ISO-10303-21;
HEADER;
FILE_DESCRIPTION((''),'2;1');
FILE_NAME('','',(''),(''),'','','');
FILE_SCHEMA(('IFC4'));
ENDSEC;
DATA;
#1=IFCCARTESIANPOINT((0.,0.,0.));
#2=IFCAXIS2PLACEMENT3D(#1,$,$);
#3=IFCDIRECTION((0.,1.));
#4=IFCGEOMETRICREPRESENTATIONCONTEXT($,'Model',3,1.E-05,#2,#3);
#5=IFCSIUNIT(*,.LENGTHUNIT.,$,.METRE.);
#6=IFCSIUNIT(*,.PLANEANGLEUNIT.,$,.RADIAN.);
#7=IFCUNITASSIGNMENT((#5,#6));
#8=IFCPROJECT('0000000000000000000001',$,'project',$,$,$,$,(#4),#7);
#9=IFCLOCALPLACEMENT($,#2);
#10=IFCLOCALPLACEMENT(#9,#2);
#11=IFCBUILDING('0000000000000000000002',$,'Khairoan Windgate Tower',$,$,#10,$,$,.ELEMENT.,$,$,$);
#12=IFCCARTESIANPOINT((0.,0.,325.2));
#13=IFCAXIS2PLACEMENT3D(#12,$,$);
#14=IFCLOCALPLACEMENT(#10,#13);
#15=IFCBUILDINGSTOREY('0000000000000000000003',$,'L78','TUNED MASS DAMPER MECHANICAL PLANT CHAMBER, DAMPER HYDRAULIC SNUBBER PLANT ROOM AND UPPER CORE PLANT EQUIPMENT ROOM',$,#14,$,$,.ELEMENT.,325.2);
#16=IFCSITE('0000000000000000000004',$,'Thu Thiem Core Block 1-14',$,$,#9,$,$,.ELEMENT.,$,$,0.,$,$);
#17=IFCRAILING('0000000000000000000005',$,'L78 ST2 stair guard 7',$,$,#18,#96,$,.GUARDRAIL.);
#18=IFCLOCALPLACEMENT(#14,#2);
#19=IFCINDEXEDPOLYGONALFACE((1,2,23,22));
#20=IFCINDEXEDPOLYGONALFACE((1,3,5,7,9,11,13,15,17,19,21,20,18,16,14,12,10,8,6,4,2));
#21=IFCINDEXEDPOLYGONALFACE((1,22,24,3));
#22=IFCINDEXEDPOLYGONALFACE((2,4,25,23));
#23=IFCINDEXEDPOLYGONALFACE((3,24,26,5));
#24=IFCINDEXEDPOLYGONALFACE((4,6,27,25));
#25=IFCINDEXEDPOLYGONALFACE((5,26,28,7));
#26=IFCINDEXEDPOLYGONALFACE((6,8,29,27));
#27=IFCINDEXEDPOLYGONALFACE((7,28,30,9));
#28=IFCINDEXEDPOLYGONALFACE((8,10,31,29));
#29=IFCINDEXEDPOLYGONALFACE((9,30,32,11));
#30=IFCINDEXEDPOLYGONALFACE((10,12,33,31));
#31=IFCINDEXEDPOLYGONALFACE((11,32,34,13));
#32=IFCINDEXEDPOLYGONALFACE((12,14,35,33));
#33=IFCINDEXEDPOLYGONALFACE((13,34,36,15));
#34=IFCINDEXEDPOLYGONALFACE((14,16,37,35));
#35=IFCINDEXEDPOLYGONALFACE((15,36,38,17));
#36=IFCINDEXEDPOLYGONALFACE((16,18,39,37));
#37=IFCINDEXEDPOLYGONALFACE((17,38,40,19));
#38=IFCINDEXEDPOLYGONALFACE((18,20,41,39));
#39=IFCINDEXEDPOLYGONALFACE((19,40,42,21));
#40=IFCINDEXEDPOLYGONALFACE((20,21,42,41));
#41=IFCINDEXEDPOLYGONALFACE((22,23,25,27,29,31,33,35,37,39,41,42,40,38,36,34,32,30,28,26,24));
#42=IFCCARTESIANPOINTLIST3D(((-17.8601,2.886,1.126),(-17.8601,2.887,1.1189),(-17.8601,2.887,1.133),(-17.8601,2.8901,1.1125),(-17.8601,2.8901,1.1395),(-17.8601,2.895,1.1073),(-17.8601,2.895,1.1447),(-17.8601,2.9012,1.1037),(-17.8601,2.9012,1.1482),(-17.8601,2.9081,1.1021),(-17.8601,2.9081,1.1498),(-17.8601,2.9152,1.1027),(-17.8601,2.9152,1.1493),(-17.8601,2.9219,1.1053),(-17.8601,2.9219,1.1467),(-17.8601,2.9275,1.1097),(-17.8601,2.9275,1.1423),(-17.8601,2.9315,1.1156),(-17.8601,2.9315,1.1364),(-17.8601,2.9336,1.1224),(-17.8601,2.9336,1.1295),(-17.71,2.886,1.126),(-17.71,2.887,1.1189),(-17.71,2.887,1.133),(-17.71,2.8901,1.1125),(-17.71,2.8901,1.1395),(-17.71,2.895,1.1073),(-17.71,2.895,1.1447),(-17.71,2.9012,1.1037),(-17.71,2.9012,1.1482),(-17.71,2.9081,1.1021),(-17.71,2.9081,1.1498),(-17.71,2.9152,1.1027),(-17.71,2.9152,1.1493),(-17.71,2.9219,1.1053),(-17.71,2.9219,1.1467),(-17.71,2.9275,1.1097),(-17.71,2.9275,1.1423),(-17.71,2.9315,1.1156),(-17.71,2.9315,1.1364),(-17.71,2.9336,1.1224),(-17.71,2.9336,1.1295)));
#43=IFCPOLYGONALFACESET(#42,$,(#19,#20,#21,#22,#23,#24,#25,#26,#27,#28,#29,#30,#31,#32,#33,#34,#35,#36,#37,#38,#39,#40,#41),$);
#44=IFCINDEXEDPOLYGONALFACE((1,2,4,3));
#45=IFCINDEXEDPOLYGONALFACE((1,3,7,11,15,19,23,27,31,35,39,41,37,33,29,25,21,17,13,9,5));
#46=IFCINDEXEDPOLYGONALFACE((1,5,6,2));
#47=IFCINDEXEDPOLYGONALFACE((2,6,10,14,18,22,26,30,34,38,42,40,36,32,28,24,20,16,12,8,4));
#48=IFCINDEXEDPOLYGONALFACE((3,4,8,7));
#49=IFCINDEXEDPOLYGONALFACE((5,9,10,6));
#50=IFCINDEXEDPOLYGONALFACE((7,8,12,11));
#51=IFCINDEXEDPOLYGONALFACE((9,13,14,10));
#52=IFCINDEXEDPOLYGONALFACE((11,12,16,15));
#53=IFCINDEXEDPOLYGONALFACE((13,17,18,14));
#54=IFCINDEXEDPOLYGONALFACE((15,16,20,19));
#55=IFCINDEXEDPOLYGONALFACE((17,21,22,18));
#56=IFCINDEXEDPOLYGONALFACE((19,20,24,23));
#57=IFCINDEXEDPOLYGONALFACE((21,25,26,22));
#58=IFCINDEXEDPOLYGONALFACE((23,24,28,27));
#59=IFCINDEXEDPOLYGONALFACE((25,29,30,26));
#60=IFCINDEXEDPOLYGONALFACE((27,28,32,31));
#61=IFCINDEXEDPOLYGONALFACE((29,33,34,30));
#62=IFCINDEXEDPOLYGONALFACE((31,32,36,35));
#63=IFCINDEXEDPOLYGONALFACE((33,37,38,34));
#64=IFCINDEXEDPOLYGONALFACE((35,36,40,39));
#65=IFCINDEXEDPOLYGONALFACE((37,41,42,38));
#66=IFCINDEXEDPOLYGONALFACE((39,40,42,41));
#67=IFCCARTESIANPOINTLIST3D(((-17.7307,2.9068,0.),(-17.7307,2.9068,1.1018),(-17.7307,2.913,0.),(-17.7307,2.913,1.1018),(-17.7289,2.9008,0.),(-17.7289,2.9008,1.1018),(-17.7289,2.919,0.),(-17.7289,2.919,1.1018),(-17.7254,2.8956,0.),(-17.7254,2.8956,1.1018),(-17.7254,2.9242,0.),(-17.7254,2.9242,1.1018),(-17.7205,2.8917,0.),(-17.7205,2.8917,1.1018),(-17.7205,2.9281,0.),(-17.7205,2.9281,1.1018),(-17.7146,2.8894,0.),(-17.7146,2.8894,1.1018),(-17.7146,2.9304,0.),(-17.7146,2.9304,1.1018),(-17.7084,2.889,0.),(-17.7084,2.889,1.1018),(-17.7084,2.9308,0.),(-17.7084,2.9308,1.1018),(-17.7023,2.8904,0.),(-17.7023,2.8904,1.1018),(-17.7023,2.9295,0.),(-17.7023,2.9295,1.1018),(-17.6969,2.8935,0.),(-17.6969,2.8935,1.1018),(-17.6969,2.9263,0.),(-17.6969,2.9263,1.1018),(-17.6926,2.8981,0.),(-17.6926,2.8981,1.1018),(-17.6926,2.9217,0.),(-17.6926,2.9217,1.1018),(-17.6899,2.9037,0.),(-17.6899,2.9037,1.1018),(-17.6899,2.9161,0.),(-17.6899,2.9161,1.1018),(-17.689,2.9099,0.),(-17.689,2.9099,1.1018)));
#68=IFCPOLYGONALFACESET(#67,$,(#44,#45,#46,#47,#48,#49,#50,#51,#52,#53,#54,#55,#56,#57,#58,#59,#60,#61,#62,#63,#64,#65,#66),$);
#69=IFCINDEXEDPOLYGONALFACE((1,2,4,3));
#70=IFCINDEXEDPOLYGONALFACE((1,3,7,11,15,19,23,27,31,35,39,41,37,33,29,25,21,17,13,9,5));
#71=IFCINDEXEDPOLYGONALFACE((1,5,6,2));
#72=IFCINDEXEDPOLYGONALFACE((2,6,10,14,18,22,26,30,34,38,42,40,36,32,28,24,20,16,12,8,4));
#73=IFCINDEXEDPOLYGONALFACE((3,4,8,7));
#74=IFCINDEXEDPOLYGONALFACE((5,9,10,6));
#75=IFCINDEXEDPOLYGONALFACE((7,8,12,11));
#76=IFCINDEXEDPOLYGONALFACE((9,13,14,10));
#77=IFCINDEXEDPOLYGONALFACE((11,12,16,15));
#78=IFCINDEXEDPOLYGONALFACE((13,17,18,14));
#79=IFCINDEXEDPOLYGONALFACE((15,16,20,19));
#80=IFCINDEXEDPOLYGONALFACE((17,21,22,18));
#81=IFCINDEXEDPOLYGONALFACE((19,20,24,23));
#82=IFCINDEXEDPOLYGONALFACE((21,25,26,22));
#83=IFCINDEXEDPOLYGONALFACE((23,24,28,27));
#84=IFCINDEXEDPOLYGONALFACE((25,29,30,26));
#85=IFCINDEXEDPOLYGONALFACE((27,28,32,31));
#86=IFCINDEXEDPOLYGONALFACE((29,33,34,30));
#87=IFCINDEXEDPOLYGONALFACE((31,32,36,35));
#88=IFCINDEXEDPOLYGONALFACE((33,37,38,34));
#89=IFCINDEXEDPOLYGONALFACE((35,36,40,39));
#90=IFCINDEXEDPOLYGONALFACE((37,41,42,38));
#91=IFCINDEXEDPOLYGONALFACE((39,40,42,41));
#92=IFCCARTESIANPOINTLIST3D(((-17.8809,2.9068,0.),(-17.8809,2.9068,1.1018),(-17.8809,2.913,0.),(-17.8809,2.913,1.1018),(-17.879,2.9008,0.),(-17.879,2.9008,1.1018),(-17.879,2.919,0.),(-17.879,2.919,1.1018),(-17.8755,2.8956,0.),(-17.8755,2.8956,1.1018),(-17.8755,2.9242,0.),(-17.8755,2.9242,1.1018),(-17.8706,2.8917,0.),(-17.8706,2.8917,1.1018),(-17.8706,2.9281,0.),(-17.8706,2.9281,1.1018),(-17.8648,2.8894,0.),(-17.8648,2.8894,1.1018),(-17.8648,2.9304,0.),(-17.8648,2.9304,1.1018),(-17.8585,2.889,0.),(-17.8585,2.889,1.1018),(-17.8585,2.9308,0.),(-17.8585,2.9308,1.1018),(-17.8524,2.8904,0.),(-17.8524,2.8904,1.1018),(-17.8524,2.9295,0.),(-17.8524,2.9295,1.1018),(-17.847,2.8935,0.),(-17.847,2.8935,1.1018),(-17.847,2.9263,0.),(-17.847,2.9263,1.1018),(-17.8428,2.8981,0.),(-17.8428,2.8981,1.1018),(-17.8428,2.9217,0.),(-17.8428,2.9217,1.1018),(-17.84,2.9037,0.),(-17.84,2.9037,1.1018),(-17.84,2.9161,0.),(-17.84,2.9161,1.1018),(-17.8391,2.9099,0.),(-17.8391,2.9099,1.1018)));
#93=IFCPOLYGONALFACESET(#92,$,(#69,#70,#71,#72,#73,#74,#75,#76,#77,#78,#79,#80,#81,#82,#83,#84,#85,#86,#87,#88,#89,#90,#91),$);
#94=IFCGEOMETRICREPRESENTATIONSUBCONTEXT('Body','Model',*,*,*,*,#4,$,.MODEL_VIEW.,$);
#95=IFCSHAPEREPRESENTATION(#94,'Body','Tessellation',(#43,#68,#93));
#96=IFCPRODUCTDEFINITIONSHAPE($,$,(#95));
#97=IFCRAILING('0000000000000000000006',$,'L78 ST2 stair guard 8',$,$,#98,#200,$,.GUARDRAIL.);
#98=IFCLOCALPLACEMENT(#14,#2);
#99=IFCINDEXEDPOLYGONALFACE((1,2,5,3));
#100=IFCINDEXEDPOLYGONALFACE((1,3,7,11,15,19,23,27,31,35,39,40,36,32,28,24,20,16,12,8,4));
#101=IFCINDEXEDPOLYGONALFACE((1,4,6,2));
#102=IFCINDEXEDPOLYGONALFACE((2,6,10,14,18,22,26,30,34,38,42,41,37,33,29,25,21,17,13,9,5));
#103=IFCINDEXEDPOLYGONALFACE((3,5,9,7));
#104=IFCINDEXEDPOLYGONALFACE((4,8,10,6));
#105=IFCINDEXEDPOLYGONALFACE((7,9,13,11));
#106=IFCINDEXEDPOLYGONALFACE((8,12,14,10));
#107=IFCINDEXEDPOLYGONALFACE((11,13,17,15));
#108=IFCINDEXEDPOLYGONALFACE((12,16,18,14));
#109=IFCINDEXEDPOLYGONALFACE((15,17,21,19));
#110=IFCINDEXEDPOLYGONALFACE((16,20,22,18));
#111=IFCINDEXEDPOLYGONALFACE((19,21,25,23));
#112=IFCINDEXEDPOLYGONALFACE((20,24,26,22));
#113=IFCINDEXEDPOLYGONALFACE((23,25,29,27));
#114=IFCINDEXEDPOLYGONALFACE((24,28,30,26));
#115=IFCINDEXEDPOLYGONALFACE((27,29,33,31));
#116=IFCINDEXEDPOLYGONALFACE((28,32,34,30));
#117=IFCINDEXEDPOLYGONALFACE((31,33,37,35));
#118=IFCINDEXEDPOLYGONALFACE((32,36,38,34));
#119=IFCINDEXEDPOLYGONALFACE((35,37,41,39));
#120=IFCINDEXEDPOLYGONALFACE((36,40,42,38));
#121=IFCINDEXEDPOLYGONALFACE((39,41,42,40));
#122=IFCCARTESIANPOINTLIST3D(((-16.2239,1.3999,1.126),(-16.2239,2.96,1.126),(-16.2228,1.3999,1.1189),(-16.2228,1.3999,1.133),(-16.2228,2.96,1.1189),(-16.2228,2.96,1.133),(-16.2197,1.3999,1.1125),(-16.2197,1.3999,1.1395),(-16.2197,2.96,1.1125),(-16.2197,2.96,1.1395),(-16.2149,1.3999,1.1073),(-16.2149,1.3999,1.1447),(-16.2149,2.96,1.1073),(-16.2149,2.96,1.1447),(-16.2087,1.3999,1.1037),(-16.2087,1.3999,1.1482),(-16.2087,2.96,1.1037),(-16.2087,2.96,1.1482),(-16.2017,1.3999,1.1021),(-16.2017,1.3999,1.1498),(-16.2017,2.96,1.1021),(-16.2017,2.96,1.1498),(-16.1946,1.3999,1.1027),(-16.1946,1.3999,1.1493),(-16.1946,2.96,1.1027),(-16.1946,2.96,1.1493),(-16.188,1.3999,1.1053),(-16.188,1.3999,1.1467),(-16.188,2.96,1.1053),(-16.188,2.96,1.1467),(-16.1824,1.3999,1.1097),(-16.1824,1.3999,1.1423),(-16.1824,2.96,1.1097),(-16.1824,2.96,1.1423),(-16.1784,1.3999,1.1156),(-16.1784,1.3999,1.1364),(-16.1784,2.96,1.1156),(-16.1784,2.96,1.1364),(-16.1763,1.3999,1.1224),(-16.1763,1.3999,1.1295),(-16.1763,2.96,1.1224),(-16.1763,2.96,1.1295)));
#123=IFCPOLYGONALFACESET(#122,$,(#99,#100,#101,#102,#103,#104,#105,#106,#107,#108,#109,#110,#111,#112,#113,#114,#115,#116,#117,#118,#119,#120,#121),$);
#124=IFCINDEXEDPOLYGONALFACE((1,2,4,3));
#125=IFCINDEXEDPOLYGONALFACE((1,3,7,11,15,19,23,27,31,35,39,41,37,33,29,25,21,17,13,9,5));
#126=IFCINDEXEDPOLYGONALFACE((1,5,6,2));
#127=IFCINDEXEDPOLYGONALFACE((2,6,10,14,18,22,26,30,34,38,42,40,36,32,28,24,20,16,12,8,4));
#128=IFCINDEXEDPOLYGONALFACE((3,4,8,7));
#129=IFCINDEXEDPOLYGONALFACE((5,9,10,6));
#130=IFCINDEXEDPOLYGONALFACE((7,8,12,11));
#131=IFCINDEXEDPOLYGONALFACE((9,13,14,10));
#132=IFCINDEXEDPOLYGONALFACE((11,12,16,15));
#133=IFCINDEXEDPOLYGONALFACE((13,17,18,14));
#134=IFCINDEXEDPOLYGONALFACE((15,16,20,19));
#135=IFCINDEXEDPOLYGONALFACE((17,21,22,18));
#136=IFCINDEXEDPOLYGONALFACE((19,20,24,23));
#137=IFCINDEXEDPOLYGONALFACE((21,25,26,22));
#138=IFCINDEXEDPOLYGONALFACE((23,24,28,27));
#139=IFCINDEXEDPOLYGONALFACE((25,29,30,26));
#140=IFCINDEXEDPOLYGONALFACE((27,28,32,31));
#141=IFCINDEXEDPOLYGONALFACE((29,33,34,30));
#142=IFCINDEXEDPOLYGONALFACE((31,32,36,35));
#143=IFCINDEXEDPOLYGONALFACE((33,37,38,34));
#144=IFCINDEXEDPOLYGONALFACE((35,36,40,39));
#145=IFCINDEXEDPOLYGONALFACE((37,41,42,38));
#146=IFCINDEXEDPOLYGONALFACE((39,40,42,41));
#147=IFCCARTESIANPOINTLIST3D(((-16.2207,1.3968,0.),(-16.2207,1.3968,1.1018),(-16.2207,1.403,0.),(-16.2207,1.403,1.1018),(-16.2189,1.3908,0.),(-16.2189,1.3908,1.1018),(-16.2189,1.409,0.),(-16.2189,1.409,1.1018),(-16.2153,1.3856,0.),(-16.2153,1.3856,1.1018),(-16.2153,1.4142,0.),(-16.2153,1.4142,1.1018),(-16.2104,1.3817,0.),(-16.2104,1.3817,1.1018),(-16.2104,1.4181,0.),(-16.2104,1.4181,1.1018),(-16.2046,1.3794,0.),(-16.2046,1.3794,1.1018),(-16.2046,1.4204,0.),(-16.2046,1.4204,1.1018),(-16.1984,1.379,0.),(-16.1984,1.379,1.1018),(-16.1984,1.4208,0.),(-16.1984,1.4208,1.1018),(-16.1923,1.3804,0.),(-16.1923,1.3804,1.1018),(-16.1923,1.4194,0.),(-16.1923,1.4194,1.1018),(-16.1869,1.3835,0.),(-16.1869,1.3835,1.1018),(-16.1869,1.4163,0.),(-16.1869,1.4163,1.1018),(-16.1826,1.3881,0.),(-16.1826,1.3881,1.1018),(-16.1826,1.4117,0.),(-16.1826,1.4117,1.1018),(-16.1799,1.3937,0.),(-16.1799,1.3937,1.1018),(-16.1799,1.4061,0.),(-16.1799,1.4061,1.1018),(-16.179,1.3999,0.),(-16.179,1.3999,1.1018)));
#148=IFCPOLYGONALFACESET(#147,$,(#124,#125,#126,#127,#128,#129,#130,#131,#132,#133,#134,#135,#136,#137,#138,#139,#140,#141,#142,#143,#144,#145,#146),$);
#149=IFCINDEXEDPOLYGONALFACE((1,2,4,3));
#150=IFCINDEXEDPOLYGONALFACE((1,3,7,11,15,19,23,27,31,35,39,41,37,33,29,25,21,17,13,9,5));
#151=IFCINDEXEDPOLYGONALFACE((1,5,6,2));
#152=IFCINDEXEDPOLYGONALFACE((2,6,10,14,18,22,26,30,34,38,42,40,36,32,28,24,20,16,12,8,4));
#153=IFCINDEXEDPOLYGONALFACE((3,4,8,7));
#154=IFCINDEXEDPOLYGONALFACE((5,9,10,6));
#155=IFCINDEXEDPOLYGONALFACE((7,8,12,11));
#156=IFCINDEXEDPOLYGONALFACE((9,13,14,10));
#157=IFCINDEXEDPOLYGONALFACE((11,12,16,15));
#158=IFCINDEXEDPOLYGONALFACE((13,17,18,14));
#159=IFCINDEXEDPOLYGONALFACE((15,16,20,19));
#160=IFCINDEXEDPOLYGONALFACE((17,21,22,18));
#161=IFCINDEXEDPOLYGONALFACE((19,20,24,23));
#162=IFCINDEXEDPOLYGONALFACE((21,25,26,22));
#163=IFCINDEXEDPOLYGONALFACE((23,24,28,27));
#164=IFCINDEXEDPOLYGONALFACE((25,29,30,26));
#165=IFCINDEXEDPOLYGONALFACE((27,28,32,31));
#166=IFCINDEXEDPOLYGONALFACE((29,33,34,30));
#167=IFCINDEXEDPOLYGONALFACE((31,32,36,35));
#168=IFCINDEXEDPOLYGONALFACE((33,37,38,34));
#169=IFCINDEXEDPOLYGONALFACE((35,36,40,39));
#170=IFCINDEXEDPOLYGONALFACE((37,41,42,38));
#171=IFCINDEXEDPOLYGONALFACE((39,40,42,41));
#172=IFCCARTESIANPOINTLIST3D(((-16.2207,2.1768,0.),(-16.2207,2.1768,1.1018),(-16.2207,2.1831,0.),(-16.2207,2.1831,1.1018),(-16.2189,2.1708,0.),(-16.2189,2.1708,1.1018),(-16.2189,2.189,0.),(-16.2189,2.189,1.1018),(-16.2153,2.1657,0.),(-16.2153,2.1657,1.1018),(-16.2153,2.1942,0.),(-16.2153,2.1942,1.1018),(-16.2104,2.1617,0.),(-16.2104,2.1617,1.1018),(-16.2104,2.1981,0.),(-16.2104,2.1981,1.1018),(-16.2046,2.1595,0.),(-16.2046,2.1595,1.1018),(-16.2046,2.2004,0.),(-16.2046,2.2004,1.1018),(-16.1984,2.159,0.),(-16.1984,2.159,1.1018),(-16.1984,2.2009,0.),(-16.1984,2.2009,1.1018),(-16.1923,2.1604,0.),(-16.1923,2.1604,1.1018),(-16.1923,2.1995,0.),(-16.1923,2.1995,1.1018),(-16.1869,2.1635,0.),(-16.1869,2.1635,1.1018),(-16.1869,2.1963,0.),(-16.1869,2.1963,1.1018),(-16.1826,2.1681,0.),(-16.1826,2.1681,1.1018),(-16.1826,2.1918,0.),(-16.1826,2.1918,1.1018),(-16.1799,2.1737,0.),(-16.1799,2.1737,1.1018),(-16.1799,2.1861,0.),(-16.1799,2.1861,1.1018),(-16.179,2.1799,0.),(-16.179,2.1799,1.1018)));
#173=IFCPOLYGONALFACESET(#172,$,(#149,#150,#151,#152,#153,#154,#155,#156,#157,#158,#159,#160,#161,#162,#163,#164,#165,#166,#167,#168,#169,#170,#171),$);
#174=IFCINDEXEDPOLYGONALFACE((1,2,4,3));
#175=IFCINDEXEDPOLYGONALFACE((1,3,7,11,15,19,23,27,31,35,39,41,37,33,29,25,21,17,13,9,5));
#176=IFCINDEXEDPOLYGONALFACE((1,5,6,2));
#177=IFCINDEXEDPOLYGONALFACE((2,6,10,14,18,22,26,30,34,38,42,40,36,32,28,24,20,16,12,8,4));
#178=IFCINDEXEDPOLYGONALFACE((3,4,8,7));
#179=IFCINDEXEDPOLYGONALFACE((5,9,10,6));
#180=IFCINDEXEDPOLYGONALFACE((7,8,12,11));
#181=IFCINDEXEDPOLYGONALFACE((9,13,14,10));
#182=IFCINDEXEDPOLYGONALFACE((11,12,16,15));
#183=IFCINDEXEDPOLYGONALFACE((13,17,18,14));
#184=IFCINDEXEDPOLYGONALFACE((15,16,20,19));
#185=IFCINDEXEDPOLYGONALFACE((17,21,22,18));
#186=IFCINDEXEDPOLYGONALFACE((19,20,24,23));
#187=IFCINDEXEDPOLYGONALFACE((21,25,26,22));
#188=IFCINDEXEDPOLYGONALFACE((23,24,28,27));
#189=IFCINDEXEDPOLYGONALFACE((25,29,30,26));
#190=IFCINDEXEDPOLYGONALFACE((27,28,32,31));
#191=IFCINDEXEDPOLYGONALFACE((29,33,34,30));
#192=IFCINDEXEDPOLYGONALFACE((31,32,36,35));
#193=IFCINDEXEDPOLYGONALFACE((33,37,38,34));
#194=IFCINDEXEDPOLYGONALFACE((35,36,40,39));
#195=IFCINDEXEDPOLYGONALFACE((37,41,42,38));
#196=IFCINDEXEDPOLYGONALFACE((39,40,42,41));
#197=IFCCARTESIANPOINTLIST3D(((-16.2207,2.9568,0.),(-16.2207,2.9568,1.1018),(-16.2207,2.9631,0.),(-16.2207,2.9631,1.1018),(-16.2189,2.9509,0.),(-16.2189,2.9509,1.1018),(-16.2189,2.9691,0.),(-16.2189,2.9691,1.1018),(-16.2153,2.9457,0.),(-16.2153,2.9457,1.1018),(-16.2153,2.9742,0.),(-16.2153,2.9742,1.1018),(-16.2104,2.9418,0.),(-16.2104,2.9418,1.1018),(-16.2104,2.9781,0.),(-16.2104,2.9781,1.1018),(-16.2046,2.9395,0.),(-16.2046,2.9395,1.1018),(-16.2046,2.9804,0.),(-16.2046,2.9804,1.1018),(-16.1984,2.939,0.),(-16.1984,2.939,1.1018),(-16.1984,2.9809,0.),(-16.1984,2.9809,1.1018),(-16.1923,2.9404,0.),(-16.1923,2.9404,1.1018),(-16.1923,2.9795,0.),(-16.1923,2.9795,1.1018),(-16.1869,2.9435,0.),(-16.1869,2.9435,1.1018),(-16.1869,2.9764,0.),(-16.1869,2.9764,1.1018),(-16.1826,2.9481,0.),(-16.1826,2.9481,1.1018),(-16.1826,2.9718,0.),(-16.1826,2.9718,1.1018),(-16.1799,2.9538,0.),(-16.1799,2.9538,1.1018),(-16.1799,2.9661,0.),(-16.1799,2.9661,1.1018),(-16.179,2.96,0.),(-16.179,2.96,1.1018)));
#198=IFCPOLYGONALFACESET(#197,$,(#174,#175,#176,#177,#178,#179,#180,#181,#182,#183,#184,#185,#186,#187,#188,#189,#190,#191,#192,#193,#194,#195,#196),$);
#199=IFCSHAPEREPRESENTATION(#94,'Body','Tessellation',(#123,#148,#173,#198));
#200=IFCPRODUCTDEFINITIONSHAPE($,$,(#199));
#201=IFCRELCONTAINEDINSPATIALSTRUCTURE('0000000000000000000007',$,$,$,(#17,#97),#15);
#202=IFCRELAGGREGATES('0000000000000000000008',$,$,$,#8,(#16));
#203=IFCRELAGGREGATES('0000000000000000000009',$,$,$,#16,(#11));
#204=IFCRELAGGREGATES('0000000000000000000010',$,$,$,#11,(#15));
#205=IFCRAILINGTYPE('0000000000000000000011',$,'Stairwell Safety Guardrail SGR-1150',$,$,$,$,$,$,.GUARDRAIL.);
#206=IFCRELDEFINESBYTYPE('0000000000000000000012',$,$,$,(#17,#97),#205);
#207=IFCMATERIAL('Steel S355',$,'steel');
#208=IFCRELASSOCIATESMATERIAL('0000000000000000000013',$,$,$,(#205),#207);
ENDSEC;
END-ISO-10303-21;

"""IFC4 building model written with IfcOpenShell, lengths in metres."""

from ifc_helpers import new_model, si_unit, direction, frame, origin, origin_2d, place, context, subcontext, project, spatial, circle, extrude, material, type_object, element, save


model = new_model("IFC4")

# Units and contexts
model_context = context("Model", 3, precision=1e-05, world=origin(), true_north=direction((0.0, 1.0)))
body_context = subcontext(model_context, "Body", "Model", "MODEL_VIEW")
ifc_project = project(units=[si_unit("LENGTHUNIT", "METRE"), si_unit("PLANEANGLEUNIT", "RADIAN")], contexts=[model_context])

# Site, building, storey
site_placement = place(None, origin())
site = spatial("IfcSite", under=ifc_project, at=site_placement, Name="Thu Thiem Core Block 1-14", CompositionType="ELEMENT", RefElevation=0.0)
building_placement = place(site_placement, origin())
building = spatial("IfcBuilding", under=site, at=building_placement, Name="Khairoan Windgate Tower", CompositionType="ELEMENT")
storey_placement = place(building_placement, frame((0.0, 0.0, 325.2)))
storey = spatial("IfcBuildingStorey", under=building, at=storey_placement, Name="L78", Description="TUNED MASS DAMPER MECHANICAL PLANT CHAMBER, DAMPER HYDRAULIC SNUBBER PLANT ROOM AND UPPER CORE PLANT EQUIPMENT ROOM", CompositionType="ELEMENT", Elevation=325.2)

# Railings
ifc_material_1 = material(Name="Steel S355", Category="steel")
railing_type_1 = type_object("IfcRailingType", Name="Stairwell Safety Guardrail SGR-1150", PredefinedType="GUARDRAIL", material=ifc_material_1)
railing_1_placement = place(storey_placement, frame((-17.71, 2.9099, 0.0)))
element("IfcRailing", 1, at=railing_1_placement, inside=storey, type_object=railing_type_1, Name="L78 ST2 stair guard 7", PredefinedType="GUARDRAIL", context=body_context, shape_type="SweptSolid", body=[
    extrude(circle(Radius=0.0239, at=origin_2d()), frame((0.0, 0.0, 1.126), z_axis=(-1.0, 0.0, 0.0), x_axis=(0.0, -1.0, 0.0)), (0.0, 0.0, 1.0), 0.1501),
    extrude(circle(Radius=0.021, at=origin_2d()), origin(), (0.0, 0.0, 1.0), 1.1018),
    extrude(circle(Radius=0.021, at=origin_2d()), frame((-0.1501, 0.0, 0.0)), (0.0, 0.0, 1.0), 1.1018),
])
for number, where, name in (
    (2, (-16.2, 1.3999, 0.0), "L78 ST2 stair guard 8"),
):
    element("IfcRailing", number, at=place(storey_placement, frame(where)), inside=storey, type_object=railing_type_1, Name=name, PredefinedType="GUARDRAIL", context=body_context, shape_type="SweptSolid", body=[
        extrude(circle(Radius=0.0239, at=origin_2d()), frame((0.0, 0.0, 1.126), z_axis=(0.0, 1.0, 0.0), x_axis=(-1.0, 0.0, 0.0)), (0.0, 0.0, 1.0), 1.5601),
        extrude(circle(Radius=0.021, at=origin_2d()), origin(), (0.0, 0.0, 1.0), 1.1018),
        extrude(circle(Radius=0.021, at=origin_2d()), frame((0.0, 0.78, 0.0)), (0.0, 0.0, 1.0), 1.1018),
        extrude(circle(Radius=0.021, at=origin_2d()), frame((0.0, 1.5601, 0.0)), (0.0, 0.0, 1.0), 1.1018),
    ])

save(model, "model.ifc")
